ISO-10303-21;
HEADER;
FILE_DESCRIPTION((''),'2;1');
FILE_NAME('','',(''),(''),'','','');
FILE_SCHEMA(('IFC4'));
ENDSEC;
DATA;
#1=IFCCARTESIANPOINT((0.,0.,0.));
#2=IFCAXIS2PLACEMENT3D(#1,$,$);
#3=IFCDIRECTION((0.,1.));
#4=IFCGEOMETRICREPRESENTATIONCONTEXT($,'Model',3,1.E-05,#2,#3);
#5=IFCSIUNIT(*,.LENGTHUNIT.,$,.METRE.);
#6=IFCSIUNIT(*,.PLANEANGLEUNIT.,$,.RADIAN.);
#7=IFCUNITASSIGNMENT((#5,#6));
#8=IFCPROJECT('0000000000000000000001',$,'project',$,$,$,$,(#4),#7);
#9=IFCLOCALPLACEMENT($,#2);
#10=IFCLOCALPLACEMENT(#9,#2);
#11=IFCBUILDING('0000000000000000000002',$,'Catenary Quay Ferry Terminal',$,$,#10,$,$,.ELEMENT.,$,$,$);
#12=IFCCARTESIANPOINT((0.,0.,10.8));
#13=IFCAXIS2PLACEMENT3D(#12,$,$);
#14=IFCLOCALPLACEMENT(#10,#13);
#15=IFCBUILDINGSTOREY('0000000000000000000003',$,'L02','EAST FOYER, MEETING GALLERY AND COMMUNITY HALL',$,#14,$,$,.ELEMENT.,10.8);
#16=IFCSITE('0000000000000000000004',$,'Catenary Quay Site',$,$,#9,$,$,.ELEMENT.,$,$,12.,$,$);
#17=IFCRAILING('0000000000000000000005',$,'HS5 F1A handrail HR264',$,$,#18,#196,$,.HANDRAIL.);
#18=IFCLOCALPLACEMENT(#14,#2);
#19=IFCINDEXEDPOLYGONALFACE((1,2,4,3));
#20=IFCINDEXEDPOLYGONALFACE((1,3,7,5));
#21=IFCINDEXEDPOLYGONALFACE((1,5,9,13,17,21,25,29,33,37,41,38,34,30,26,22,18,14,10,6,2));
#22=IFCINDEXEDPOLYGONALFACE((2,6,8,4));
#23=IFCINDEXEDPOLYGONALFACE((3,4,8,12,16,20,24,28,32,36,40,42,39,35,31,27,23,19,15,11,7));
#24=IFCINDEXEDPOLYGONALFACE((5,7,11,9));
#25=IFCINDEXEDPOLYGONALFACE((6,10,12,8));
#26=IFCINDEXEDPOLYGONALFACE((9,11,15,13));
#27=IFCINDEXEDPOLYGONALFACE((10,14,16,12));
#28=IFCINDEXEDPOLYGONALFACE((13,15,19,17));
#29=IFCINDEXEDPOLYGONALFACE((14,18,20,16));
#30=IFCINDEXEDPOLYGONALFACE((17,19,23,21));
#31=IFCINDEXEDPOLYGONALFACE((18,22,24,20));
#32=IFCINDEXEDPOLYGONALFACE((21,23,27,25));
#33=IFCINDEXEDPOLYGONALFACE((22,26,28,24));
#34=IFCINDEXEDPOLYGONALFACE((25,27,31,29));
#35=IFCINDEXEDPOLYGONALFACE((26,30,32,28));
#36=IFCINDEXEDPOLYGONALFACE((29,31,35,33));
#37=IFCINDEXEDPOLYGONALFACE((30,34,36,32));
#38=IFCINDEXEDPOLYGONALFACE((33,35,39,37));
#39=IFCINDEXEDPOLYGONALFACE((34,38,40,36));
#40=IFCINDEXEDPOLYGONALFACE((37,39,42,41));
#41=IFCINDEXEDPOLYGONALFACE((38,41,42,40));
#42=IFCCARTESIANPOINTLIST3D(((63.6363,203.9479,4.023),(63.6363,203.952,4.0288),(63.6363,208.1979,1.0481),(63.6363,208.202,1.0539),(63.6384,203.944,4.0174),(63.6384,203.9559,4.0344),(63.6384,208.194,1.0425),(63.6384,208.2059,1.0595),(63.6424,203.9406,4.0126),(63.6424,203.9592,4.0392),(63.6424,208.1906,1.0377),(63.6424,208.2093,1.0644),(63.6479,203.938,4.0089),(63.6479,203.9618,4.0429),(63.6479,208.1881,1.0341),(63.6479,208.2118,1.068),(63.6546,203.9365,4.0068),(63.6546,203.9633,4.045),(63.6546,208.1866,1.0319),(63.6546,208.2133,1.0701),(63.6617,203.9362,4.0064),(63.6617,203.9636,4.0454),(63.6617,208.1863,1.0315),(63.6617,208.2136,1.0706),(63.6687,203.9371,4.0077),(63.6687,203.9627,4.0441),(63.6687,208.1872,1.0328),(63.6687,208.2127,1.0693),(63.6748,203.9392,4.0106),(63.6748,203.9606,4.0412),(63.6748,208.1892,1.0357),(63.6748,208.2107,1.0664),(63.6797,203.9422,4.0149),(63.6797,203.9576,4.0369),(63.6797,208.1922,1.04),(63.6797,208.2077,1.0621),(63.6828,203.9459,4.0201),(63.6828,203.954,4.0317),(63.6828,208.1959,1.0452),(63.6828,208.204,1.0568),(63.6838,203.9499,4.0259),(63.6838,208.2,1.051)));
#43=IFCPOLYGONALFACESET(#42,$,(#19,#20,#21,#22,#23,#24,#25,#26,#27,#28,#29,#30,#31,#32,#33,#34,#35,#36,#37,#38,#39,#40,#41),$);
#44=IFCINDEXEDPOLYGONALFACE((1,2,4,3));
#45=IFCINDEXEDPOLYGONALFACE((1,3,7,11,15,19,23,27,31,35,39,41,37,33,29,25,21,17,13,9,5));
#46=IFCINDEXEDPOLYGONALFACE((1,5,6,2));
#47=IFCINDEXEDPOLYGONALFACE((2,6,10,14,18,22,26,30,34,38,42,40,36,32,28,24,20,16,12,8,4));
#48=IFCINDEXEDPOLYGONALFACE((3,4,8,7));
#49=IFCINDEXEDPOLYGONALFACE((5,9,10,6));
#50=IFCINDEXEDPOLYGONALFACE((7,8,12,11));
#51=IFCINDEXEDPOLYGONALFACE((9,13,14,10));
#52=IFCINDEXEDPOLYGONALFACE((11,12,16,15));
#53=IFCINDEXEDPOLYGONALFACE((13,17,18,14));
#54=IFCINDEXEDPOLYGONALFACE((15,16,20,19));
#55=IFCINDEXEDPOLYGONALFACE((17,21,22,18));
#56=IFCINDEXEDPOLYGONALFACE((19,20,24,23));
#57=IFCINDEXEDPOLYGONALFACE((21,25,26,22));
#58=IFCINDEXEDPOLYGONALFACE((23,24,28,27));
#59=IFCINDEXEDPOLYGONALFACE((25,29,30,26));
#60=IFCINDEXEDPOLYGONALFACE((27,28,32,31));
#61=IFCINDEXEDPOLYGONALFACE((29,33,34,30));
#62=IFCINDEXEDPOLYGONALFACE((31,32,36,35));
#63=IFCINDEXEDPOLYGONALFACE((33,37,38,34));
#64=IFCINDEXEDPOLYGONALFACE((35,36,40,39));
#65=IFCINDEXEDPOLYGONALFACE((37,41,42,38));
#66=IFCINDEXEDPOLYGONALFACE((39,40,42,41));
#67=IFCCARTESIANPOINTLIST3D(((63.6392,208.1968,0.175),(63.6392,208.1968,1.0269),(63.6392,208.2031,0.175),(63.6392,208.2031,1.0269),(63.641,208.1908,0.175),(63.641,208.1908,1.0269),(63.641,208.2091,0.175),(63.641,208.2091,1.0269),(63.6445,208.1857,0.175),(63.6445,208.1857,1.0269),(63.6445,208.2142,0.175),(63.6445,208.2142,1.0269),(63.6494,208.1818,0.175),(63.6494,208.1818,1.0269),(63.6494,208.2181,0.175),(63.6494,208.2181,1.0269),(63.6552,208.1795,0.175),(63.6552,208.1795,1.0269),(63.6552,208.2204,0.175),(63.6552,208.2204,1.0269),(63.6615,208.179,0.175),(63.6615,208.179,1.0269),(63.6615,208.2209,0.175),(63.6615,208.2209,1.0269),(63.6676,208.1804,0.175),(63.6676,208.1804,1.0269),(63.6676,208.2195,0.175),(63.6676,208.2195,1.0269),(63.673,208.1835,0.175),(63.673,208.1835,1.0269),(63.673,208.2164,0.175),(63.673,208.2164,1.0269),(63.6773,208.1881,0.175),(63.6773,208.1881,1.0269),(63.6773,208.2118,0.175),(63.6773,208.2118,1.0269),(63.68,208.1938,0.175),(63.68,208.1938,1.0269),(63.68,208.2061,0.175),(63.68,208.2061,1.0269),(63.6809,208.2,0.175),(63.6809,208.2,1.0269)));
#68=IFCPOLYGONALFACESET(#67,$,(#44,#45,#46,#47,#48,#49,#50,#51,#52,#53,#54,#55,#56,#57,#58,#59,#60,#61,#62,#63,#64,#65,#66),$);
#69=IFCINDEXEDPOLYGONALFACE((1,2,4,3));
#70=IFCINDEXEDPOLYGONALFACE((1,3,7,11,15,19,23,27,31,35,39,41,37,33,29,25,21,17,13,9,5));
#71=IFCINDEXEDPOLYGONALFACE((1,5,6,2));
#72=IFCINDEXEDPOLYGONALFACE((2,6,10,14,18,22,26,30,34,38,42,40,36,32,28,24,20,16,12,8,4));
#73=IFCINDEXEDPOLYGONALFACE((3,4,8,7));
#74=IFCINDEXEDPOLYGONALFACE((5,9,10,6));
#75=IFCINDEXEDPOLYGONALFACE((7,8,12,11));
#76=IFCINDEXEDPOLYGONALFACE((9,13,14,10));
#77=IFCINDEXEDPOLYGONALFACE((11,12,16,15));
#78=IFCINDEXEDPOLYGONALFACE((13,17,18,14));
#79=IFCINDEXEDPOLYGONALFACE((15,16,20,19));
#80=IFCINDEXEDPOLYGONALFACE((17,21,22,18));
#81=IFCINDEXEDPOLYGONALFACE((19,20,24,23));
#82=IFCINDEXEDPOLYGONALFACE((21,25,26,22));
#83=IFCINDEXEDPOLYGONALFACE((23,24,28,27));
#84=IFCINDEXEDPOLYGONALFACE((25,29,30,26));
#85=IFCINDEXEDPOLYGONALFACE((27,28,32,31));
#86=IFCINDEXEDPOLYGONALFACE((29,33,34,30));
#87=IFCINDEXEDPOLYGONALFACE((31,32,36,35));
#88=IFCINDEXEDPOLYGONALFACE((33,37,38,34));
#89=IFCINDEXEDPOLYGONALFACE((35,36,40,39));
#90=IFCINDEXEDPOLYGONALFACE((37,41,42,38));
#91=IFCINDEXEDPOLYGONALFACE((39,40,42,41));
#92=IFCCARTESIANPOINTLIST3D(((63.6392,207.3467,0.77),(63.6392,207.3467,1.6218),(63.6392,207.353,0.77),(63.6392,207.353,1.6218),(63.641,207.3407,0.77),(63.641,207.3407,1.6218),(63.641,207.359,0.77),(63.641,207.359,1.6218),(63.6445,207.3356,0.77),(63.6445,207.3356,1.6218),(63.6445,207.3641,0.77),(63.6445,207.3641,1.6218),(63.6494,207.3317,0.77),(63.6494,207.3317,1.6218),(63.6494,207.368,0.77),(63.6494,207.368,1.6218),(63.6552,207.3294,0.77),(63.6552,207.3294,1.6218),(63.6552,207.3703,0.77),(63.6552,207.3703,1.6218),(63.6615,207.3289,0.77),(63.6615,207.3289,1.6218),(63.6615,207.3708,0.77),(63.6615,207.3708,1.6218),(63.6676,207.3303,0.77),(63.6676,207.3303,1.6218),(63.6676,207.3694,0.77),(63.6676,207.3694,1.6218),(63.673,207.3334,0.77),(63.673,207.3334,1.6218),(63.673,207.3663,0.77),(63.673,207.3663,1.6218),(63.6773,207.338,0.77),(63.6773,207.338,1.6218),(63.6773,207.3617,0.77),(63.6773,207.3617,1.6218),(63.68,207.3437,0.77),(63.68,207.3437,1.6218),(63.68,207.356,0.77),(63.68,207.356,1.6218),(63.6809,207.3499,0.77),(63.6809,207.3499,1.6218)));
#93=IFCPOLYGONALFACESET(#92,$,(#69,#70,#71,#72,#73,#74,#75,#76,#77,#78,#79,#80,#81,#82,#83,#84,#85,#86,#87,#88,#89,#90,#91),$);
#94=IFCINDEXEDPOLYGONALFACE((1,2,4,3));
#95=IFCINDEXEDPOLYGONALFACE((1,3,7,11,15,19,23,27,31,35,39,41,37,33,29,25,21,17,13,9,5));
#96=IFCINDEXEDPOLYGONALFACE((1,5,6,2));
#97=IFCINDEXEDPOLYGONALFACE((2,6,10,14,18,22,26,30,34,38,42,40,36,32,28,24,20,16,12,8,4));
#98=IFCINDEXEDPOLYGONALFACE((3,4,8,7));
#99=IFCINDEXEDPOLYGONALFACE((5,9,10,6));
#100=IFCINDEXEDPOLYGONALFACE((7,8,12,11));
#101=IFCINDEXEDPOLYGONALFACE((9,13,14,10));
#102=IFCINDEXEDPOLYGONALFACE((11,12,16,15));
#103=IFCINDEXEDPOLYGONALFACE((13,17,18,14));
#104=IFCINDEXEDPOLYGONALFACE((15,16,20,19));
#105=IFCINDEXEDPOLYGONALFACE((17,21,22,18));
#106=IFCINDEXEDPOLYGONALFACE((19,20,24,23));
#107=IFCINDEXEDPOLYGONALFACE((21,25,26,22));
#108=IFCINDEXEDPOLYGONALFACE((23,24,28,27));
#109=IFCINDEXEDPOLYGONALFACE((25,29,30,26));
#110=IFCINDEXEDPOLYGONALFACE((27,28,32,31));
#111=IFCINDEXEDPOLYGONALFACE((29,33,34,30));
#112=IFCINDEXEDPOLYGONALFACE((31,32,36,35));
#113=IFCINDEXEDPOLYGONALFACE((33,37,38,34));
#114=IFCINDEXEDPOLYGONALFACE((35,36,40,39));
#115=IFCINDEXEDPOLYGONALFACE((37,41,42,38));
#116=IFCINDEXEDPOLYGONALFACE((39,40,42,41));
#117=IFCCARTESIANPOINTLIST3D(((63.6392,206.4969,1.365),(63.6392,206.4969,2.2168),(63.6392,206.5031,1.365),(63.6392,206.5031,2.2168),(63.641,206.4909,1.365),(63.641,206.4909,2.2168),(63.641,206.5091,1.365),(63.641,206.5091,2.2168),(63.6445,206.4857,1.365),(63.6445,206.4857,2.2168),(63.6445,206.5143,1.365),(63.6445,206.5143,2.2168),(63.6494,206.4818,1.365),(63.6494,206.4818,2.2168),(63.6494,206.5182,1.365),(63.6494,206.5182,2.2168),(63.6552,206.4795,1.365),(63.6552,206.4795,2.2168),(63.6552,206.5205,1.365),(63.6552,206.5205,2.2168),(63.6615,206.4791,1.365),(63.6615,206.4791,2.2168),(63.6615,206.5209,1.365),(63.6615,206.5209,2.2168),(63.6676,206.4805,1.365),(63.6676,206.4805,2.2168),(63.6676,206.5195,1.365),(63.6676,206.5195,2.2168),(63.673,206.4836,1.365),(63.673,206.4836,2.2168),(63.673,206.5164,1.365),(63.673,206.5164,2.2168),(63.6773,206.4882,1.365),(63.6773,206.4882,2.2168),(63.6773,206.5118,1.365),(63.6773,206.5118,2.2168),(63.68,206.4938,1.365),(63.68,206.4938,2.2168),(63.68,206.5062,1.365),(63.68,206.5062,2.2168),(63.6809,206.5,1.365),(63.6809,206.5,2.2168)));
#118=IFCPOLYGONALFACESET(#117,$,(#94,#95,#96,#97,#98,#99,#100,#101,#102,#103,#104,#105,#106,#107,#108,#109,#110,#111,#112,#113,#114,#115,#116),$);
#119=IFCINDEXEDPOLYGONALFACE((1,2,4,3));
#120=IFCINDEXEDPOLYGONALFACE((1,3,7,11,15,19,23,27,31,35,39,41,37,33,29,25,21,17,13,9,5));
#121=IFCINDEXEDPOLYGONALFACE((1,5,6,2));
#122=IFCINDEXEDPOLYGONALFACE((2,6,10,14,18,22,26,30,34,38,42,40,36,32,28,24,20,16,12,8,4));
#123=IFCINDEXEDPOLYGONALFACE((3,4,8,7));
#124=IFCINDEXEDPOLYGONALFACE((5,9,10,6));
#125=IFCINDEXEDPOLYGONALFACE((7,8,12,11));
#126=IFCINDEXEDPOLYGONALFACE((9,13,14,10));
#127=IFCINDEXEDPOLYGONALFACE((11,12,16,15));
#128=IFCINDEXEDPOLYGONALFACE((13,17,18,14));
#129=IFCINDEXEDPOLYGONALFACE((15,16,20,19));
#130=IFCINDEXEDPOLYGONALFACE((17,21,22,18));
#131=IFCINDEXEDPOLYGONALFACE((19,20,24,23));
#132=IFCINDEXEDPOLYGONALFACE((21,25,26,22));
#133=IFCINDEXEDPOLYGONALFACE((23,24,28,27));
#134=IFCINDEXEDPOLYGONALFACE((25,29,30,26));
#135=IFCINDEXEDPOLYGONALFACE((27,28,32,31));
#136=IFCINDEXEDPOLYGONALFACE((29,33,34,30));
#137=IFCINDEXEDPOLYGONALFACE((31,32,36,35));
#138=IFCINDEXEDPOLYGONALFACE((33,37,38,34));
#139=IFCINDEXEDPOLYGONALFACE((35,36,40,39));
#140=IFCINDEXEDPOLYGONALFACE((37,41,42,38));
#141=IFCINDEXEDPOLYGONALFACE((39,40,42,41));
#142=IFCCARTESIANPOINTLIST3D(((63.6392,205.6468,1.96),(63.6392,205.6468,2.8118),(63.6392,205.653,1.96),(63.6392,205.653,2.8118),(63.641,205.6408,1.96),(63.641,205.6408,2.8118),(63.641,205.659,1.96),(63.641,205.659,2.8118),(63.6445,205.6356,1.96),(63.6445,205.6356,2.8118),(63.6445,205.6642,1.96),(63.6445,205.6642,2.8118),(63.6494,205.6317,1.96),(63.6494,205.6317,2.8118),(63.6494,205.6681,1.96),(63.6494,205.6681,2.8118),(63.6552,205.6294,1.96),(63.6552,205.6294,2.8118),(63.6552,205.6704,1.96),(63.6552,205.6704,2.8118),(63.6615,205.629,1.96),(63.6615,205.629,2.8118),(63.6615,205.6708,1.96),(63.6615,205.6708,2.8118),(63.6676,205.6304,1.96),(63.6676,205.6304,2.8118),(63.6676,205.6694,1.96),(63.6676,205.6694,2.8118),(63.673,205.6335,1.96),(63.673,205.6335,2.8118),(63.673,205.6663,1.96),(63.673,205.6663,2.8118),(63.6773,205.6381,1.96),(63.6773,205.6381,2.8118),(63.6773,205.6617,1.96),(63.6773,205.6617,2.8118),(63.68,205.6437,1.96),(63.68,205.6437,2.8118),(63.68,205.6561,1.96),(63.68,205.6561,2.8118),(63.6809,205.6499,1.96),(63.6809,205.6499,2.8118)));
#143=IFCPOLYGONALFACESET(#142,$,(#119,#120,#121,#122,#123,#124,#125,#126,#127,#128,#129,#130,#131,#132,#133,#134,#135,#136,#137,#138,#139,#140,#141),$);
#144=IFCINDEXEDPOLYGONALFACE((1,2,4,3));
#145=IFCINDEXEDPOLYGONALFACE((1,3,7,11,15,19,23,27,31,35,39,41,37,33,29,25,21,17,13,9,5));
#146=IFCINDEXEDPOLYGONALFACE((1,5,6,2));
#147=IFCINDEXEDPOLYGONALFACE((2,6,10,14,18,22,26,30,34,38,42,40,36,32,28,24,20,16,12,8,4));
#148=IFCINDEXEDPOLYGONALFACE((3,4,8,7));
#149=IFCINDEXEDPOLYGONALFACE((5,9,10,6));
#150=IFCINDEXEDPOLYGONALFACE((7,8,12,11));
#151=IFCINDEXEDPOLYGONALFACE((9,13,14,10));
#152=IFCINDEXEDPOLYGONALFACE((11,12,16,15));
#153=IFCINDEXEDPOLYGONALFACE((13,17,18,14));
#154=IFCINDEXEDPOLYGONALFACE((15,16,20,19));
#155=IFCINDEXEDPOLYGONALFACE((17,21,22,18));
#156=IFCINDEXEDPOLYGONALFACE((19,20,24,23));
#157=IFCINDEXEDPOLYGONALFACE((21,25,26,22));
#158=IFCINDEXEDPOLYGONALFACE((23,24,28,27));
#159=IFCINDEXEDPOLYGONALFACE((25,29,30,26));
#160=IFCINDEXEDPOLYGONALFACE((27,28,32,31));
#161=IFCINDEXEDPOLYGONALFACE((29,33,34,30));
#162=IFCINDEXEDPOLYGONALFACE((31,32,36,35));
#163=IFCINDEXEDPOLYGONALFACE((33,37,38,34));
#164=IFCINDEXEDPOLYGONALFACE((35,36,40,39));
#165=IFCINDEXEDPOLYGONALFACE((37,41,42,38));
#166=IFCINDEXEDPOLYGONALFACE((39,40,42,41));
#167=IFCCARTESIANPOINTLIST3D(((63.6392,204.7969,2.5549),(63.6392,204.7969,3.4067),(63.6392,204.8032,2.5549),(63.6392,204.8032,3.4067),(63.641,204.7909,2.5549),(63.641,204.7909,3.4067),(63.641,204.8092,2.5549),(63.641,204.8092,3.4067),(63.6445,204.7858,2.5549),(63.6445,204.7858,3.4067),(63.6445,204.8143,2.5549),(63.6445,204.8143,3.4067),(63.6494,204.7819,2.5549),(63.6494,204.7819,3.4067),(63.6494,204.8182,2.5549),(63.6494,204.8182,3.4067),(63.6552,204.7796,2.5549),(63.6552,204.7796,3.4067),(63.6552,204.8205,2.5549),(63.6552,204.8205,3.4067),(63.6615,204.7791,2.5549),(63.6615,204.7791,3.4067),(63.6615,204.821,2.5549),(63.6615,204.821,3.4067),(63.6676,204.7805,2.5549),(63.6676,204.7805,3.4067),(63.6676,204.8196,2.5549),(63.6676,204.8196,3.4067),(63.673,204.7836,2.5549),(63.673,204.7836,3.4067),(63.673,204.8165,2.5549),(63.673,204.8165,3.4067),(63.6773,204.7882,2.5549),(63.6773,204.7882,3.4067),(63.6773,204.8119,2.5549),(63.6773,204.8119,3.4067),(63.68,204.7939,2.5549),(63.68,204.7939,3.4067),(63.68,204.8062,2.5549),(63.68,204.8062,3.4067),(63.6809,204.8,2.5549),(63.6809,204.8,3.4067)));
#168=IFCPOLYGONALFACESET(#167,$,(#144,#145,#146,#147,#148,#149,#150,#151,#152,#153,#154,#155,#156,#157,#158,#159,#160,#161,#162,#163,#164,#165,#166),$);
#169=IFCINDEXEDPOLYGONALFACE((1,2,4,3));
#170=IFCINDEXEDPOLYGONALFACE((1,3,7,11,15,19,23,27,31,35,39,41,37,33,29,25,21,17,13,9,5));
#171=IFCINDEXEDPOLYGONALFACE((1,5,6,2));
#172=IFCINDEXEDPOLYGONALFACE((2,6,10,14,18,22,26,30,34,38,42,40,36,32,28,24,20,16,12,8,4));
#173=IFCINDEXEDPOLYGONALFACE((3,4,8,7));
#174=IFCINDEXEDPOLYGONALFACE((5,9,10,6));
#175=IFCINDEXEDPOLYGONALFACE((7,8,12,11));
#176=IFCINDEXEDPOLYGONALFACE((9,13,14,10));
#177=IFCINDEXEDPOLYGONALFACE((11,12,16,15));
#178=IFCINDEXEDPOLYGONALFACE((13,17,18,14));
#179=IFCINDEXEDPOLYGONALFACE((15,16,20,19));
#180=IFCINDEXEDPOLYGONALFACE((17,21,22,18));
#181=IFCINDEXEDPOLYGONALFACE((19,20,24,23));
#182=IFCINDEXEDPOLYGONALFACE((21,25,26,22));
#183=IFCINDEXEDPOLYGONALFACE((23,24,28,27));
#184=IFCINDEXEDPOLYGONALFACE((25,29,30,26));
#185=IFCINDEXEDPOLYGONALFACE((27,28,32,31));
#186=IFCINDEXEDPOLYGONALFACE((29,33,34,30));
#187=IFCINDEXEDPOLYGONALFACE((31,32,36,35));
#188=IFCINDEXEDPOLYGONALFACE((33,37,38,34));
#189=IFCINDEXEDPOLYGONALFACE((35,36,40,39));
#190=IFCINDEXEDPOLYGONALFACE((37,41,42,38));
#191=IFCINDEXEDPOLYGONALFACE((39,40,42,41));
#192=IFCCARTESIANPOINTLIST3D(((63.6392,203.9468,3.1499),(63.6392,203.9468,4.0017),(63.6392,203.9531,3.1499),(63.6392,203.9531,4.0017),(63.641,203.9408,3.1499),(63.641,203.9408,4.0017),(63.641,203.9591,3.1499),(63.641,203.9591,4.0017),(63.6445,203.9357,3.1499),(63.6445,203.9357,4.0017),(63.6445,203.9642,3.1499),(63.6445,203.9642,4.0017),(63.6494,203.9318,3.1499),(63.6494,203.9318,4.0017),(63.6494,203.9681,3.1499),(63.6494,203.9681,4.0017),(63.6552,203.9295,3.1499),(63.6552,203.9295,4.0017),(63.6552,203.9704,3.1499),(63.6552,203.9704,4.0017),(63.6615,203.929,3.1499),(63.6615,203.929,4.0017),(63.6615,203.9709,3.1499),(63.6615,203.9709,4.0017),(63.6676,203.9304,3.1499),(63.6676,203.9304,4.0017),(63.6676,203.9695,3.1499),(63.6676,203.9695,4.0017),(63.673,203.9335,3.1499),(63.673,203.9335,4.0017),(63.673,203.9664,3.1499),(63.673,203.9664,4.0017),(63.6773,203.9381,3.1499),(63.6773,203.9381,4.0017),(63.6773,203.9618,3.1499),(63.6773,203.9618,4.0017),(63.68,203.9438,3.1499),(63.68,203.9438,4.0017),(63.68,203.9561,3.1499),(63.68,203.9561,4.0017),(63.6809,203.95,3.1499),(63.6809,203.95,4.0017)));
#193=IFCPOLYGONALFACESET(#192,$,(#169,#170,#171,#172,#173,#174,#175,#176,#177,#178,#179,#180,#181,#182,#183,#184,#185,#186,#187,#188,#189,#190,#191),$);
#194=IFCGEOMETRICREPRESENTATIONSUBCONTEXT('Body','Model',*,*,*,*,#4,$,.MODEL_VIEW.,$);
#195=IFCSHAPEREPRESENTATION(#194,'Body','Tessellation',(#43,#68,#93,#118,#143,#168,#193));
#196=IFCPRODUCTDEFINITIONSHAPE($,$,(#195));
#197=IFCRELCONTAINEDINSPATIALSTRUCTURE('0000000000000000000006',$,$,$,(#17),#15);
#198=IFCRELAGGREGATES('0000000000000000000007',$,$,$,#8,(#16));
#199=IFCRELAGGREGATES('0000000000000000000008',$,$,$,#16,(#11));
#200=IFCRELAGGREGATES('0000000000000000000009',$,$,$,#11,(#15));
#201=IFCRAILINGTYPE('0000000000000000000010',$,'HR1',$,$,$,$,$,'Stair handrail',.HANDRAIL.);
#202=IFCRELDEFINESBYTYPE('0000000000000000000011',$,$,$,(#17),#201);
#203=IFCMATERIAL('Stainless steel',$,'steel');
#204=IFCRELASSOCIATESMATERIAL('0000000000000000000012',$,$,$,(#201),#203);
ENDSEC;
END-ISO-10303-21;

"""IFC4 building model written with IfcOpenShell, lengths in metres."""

from ifc_helpers import new_model, si_unit, direction, frame, origin, origin_2d, place, context, subcontext, project, spatial, circle, extrude, material, type_object, element, save


model = new_model("IFC4")

# Units and contexts
model_context = context("Model", 3, precision=1e-05, world=origin(), true_north=direction((0.0, 1.0)))
body_context = subcontext(model_context, "Body", "Model", "MODEL_VIEW")
ifc_project = project(units=[si_unit("LENGTHUNIT", "METRE"), si_unit("PLANEANGLEUNIT", "RADIAN")], contexts=[model_context])

# Site, building, storey
site_placement = place(None, origin())
site = spatial("IfcSite", under=ifc_project, at=site_placement, Name="Catenary Quay Site", CompositionType="ELEMENT", RefElevation=12.0)
building_placement = place(site_placement, origin())
building = spatial("IfcBuilding", under=site, at=building_placement, Name="Catenary Quay Ferry Terminal", CompositionType="ELEMENT")
storey_placement = place(building_placement, frame((0.0, 0.0, 10.8)))
storey = spatial("IfcBuildingStorey", under=building, at=storey_placement, Name="L02", Description="EAST FOYER, MEETING GALLERY AND COMMUNITY HALL", CompositionType="ELEMENT", Elevation=10.8)

# Railing
ifc_material_1 = material(Name="Stainless steel", Category="steel")
railing_type_1 = type_object("IfcRailingType", Name="HR1", ElementType="Stair handrail", PredefinedType="HANDRAIL", material=ifc_material_1)
railing_1_placement = place(storey_placement, frame((63.6599, 208.2, 0.175)))
element("IfcRailing", 1, at=railing_1_placement, inside=storey, type_object=railing_type_1, Name="HS5 F1A handrail HR264", PredefinedType="HANDRAIL", context=body_context, shape_type="SweptSolid", body=[
    extrude(circle(Radius=0.0239, at=origin_2d()), frame((0.0, 0.0, 0.876), z_axis=(0.0, -0.819245, 0.573443), x_axis=(1.0, 0.0, 0.0)), (0.0, 0.0, 1.0), 5.1877),
    extrude(circle(Radius=0.021, at=origin_2d()), origin(), (0.0, 0.0, 1.0), 0.8518),
    extrude(circle(Radius=0.021, at=origin_2d()), frame((0.0, -0.8501, 0.595)), (0.0, 0.0, 1.0), 0.8518),
    extrude(circle(Radius=0.021, at=origin_2d()), frame((0.0, -1.7, 1.1899)), (0.0, 0.0, 1.0), 0.8518),
    extrude(circle(Radius=0.021, at=origin_2d()), frame((0.0, -2.55, 1.7849)), (0.0, 0.0, 1.0), 0.8518),
    extrude(circle(Radius=0.021, at=origin_2d()), frame((0.0, -3.3999, 2.3799)), (0.0, 0.0, 1.0), 0.8518),
    extrude(circle(Radius=0.021, at=origin_2d()), frame((0.0, -4.25, 2.9749)), (0.0, 0.0, 1.0), 0.8518),
])

save(model, "model.ifc")
